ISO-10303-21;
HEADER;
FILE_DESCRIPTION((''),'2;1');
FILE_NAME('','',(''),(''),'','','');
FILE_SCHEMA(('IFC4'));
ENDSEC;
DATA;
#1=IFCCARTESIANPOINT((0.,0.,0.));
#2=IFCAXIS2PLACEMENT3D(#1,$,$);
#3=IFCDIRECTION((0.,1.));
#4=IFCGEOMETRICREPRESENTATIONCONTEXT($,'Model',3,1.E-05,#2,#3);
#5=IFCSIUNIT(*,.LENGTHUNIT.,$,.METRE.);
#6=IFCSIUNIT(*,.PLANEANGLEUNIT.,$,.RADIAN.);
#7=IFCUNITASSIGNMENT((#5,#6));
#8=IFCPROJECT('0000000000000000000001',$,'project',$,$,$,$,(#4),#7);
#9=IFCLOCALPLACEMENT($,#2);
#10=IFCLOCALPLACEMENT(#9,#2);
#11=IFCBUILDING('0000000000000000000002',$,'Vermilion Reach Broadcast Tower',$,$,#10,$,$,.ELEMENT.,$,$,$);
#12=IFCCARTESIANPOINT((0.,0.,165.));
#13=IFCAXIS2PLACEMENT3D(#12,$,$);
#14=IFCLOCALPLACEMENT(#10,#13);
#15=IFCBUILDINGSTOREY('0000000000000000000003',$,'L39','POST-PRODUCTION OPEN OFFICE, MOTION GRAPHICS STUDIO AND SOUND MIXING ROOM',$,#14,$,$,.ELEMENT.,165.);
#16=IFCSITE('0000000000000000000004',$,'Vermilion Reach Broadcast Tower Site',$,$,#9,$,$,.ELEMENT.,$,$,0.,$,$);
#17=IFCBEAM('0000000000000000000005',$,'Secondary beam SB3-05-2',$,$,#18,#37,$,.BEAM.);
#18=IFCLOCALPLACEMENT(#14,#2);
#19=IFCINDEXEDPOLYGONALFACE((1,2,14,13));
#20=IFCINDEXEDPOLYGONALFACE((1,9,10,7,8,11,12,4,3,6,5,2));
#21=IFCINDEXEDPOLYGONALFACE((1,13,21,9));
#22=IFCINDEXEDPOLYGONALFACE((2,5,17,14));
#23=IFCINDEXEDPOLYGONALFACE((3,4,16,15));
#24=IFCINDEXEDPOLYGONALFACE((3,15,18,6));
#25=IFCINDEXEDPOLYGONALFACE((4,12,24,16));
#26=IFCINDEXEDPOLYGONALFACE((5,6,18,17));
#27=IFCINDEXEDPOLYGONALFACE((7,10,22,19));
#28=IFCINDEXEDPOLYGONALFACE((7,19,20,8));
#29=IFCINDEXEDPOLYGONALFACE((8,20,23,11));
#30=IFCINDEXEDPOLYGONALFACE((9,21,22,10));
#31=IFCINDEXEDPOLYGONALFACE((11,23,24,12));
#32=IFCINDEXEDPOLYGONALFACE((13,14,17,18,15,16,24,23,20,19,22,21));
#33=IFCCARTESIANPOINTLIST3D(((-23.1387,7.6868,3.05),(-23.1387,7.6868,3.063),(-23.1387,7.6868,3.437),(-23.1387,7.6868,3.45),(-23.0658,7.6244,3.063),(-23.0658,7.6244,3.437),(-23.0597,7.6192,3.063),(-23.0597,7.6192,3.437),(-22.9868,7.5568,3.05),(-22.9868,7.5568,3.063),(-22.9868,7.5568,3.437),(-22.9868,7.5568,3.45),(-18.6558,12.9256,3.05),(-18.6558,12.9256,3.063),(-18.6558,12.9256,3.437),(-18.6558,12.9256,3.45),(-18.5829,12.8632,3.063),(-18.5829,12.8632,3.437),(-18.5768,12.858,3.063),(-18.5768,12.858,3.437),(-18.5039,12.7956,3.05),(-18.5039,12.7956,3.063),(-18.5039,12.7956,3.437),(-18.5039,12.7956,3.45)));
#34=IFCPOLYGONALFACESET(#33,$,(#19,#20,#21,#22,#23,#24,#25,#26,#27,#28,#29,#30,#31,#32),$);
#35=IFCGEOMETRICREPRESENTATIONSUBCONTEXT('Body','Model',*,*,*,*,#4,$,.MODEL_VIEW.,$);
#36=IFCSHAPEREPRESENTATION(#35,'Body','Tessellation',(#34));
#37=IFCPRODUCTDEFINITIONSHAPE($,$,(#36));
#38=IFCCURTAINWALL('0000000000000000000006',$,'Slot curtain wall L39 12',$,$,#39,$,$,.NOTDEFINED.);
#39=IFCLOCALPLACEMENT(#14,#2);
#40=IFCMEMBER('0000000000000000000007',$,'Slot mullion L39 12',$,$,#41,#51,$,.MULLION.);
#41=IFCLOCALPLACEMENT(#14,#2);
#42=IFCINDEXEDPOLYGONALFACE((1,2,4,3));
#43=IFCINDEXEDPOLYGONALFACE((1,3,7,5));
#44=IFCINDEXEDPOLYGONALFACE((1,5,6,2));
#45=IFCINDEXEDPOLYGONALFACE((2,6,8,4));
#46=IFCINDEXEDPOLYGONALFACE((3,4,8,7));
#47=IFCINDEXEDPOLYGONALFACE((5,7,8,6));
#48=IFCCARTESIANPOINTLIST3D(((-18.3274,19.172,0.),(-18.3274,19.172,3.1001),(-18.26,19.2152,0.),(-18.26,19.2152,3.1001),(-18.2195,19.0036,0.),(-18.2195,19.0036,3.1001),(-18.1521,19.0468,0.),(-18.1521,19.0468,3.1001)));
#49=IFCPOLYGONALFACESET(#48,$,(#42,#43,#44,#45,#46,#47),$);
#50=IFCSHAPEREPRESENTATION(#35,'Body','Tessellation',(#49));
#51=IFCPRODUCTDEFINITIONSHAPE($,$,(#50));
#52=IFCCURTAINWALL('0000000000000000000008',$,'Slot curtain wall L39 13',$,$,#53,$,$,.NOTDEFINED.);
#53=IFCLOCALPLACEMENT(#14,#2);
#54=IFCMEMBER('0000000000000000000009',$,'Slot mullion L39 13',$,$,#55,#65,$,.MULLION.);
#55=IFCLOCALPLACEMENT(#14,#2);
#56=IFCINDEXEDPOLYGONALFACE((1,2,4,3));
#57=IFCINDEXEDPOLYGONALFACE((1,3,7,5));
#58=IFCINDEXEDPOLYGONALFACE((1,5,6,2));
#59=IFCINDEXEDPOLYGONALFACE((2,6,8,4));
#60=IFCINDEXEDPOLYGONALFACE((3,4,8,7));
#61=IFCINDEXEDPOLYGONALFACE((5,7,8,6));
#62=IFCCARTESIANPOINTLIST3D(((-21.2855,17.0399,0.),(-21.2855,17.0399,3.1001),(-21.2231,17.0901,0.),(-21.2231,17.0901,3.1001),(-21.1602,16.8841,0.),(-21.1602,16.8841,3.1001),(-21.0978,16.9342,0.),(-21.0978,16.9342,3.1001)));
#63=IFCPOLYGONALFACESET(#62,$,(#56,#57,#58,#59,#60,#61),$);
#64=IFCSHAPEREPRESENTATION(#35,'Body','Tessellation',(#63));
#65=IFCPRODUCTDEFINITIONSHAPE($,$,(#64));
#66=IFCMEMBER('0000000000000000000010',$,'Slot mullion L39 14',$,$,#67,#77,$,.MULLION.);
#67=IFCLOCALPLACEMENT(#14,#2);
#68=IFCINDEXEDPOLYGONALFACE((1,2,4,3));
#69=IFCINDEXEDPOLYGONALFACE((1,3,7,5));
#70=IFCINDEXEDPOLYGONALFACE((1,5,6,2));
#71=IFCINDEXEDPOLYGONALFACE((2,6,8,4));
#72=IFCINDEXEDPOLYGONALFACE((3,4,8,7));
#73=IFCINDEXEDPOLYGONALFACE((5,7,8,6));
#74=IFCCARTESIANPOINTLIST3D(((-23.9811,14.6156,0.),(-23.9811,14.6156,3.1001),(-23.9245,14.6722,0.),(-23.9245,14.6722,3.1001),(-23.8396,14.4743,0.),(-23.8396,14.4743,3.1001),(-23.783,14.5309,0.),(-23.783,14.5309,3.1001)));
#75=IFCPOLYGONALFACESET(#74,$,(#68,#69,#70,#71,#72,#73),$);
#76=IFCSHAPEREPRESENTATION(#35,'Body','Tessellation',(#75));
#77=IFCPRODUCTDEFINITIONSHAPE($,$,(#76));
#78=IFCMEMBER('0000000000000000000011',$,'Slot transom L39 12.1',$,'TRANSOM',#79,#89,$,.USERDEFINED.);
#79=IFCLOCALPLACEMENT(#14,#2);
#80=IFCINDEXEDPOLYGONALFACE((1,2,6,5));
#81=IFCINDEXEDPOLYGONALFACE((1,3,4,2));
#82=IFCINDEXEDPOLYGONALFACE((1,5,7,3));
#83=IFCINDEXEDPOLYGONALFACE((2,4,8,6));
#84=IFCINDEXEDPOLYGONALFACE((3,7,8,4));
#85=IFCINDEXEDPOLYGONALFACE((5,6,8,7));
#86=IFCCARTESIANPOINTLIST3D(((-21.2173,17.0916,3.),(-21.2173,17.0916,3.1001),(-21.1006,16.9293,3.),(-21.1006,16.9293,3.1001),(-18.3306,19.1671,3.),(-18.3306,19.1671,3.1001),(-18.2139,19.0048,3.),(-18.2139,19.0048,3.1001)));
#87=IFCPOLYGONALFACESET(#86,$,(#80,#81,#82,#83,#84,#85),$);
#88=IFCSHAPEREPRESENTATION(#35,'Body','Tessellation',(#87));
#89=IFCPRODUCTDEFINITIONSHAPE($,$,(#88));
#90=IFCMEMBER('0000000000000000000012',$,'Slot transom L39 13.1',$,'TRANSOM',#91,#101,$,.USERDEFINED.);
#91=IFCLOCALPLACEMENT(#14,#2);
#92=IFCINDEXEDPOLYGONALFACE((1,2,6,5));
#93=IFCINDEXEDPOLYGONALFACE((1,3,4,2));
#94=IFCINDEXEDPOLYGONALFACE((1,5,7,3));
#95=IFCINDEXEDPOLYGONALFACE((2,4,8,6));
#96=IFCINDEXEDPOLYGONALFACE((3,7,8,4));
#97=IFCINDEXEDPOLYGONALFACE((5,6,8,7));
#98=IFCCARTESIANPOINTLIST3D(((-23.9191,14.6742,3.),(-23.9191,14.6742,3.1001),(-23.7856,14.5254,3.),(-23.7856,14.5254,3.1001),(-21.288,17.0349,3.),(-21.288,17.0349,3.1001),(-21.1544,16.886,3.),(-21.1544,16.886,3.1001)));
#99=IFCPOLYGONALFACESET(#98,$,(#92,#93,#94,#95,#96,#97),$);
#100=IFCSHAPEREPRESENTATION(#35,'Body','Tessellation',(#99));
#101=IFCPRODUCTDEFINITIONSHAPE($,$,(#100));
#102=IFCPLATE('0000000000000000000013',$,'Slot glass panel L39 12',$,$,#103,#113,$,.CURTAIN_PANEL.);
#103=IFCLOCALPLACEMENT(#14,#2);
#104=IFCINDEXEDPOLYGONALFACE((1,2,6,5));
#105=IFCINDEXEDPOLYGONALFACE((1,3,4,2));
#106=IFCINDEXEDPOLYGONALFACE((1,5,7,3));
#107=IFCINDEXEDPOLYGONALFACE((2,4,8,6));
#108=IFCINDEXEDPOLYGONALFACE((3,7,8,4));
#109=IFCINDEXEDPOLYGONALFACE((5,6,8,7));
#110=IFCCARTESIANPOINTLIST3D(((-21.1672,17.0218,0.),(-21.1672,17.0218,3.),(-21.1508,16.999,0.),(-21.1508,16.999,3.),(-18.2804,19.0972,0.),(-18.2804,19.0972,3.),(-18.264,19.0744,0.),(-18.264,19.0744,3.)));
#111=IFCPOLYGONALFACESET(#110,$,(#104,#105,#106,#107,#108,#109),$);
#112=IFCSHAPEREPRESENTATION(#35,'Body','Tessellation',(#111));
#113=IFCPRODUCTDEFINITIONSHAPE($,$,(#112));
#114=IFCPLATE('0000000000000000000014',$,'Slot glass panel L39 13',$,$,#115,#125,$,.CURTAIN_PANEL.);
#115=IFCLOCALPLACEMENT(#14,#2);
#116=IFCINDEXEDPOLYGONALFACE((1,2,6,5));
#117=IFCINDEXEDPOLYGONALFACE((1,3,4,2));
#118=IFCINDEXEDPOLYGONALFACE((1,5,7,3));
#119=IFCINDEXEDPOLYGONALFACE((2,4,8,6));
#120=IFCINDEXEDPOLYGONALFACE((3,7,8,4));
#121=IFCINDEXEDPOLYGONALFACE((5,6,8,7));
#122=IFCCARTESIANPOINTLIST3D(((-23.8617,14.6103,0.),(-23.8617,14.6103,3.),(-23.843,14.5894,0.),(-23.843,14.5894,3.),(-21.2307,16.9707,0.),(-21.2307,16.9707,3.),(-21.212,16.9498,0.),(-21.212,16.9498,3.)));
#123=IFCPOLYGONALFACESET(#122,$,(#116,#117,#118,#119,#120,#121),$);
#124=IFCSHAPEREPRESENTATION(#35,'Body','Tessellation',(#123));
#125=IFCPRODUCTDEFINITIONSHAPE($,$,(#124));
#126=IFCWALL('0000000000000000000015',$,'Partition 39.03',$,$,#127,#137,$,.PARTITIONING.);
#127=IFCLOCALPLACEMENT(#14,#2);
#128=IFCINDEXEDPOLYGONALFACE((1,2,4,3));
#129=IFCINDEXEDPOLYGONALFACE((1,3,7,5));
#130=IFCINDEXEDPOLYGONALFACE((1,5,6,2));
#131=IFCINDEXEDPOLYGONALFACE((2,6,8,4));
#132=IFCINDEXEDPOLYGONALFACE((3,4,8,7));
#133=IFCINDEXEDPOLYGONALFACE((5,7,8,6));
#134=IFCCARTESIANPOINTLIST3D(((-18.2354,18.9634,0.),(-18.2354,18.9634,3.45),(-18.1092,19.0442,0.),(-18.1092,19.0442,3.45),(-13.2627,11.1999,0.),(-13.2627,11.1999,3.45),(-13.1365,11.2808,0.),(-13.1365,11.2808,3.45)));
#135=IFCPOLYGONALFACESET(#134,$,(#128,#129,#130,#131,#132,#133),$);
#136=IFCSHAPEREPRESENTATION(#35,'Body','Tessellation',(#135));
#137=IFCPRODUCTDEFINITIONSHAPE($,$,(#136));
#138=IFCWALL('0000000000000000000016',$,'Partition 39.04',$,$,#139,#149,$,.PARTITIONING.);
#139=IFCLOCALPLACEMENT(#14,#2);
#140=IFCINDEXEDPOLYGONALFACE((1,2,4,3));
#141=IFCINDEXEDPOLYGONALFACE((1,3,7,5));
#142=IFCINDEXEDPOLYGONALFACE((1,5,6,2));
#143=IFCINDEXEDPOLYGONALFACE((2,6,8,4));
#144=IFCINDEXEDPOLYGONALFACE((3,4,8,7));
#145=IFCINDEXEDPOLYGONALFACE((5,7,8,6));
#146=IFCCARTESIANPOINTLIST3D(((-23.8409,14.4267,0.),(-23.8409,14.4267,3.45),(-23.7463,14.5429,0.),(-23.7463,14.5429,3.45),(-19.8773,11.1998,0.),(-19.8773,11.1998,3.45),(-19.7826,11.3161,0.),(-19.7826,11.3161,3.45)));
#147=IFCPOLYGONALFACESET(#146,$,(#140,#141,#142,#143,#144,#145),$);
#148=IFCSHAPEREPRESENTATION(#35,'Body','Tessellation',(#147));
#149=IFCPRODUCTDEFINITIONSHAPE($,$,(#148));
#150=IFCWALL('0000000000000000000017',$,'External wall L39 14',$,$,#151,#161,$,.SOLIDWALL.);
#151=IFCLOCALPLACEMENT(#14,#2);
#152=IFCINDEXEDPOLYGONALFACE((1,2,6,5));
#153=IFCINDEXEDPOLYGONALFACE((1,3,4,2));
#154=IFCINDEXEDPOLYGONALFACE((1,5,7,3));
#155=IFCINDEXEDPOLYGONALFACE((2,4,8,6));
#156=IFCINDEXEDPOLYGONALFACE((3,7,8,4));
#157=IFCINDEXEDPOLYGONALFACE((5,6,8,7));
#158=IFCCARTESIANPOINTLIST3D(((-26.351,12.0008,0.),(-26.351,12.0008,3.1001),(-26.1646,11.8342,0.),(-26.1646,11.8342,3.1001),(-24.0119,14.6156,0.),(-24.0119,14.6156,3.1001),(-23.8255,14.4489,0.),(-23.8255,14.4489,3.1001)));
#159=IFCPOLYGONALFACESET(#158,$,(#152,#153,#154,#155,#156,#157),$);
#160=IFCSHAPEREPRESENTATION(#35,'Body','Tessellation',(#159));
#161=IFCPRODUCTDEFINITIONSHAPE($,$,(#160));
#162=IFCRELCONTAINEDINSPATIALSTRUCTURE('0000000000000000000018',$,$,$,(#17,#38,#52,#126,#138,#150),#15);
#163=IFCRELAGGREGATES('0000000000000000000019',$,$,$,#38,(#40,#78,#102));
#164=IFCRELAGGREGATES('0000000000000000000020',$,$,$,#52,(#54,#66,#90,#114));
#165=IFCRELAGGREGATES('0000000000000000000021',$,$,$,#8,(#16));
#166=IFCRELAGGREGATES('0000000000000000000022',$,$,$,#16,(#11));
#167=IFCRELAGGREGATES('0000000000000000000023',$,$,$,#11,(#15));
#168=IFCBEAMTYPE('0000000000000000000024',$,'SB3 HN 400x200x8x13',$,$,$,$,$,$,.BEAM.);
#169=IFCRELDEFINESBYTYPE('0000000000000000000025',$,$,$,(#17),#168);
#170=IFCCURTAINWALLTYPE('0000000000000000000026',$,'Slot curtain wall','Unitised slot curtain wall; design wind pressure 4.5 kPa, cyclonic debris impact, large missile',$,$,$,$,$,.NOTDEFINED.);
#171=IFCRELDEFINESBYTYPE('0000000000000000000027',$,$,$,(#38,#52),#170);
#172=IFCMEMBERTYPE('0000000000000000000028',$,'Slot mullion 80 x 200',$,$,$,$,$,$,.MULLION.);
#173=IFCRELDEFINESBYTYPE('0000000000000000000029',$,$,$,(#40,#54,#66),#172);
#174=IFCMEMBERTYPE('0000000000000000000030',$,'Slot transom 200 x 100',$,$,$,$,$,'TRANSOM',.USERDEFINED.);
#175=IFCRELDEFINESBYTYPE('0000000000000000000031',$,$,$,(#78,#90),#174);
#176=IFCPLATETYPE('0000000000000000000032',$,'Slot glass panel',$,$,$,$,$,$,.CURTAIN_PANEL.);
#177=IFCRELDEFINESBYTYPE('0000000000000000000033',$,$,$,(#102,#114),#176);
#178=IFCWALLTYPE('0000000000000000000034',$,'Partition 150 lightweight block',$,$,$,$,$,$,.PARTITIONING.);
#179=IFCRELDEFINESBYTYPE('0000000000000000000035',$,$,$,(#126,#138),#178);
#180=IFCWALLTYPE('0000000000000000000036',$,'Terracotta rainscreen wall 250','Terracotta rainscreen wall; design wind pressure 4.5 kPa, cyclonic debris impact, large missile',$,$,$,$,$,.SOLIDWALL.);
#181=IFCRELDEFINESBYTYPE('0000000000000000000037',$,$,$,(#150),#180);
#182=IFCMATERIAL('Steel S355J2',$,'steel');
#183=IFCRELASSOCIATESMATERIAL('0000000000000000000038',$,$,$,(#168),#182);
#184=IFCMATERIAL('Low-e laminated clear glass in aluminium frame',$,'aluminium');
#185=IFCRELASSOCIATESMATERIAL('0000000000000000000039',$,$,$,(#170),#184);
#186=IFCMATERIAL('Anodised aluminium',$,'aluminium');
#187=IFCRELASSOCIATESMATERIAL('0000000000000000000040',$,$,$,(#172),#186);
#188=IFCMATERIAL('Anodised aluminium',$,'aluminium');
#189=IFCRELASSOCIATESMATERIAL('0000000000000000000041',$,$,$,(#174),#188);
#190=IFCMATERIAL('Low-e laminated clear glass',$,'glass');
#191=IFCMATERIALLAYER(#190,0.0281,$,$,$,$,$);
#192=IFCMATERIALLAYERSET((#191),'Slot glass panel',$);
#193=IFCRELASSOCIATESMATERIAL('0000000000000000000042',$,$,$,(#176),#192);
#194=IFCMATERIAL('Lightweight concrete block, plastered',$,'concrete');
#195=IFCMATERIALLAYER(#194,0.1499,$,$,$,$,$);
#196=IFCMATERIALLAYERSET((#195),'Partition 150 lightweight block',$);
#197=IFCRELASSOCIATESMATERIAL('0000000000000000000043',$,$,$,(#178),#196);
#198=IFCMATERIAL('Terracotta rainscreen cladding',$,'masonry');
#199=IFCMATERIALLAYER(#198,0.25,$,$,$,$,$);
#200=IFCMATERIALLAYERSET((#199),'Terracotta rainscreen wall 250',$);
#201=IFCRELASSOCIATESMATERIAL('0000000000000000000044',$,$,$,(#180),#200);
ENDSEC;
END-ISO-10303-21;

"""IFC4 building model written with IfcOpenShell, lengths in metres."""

from ifc_helpers import new_model, si_unit, direction, frame, frame_2d, origin, origin_2d, place, context, subcontext, project, spatial, rectangle, i_section, extrude, material, layer, layer_set, material_profile, profile_set, type_object, element, aggregate, save


model = new_model("IFC4")

# Units and contexts
model_context = context("Model", 3, precision=1e-05, world=origin(), true_north=direction((0.0, 1.0)))
body_context = subcontext(model_context, "Body", "Model", "MODEL_VIEW")
ifc_project = project(units=[si_unit("LENGTHUNIT", "METRE"), si_unit("PLANEANGLEUNIT", "RADIAN")], contexts=[model_context])

# Site, building, storey
site_placement = place(None, origin())
site = spatial("IfcSite", under=ifc_project, at=site_placement, Name="Vermilion Reach Broadcast Tower Site", CompositionType="ELEMENT", RefElevation=0.0)
building_placement = place(site_placement, origin())
building = spatial("IfcBuilding", under=site, at=building_placement, Name="Vermilion Reach Broadcast Tower", CompositionType="ELEMENT")
storey_placement = place(building_placement, frame((0.0, 0.0, 165.0)))
storey = spatial("IfcBuildingStorey", under=building, at=storey_placement, Name="L39", Description="POST-PRODUCTION OPEN OFFICE, MOTION GRAPHICS STUDIO AND SOUND MIXING ROOM", CompositionType="ELEMENT", Elevation=165.0)

# Beam
ifc_material_1 = material(Name="Steel S355J2", Category="steel")
ifc_material_profile_1 = material_profile(ifc_material_1, i_section(OverallWidth=0.2, OverallDepth=0.3999, WebThickness=0.0081, FlangeThickness=0.0129, at=origin_2d()), Name="S355J2 HN 400x200x8x13")
ifc_profile_set_1 = profile_set([ifc_material_profile_1], Name="Steel S355J2")
beam_type_1 = type_object("IfcBeamType", Name="SB3 HN 400x200x8x13", PredefinedType="BEAM", material=ifc_profile_set_1)
beam_1_placement = place(storey_placement, frame((-18.5798, 12.8606, 3.25), z_axis=(-0.650167, -0.759791, 0.0), x_axis=(0.759791, -0.650167, 0.0)))
element("IfcBeam", 1, at=beam_1_placement, inside=storey, type_object=beam_type_1, Name="Secondary beam SB3-05-2", PredefinedType="BEAM", context=body_context, shape_type="SweptSolid", body=[
    extrude(i_section(OverallWidth=0.2, OverallDepth=0.3999, WebThickness=0.0081, FlangeThickness=0.0129, at=origin_2d()), origin(), (0.0, 0.0, 1.0), 6.895),
])

# Curtain wall, member
ifc_material_2 = material(Name="Low-e laminated clear glass in aluminium frame", Category="aluminium")
curtain_wall_type = type_object("IfcCurtainWallType", Name="Slot curtain wall", Description="Unitised slot curtain wall; design wind pressure 4.5 kPa, cyclonic debris impact, large missile", PredefinedType="NOTDEFINED", material=ifc_material_2)
placement = place(storey_placement, origin())
curtain_wall_1 = element("IfcCurtainWall", 2, at=placement, inside=storey, type_object=curtain_wall_type, Name="Slot curtain wall L39 12", PredefinedType="NOTDEFINED")
ifc_material_3 = material(Name="Anodised aluminium", Category="aluminium")
ifc_material_profile_2 = material_profile(ifc_material_3, rectangle(XDim=0.2, YDim=0.0801, at=origin_2d()), Name="Slot mullion 80 x 200")
ifc_profile_set_2 = profile_set([ifc_material_profile_2], Name="Anodised aluminium")
member_type_1 = type_object("IfcMemberType", Name="Slot mullion 80 x 200", PredefinedType="MULLION", material=ifc_profile_set_2)
member_1_placement = place(storey_placement, frame((-18.2397, 19.1094, 0.0), z_axis=(0.0, 0.0, 1.0), x_axis=(0.539359, -0.842076, 0.0)))
member_1 = element("IfcMember", 3, at=member_1_placement, type_object=member_type_1, Name="Slot mullion L39 12", PredefinedType="MULLION", context=body_context, shape_type="SweptSolid", body=[
    extrude(rectangle(XDim=0.2, YDim=0.0801, at=origin_2d()), origin(), (0.0, 0.0, 1.0), 3.1001),
])

# Curtain wall, members
curtain_wall_2 = element("IfcCurtainWall", 4, at=placement, inside=storey, type_object=curtain_wall_type, Name="Slot curtain wall L39 13", PredefinedType="NOTDEFINED")
member_2_placement = place(storey_placement, frame((-21.1917, 16.9871, 0.0), z_axis=(0.0, 0.0, 1.0), x_axis=(0.626684, -0.779273, 0.0)))
member_2 = element("IfcMember", 5, at=member_2_placement, type_object=member_type_1, Name="Slot mullion L39 13", PredefinedType="MULLION", context=body_context, shape_type="SweptSolid", body=[
    extrude(rectangle(XDim=0.2, YDim=0.0801, at=origin_2d()), origin(), (0.0, 0.0, 1.0), 3.1001),
])
member_3_placement = place(storey_placement, frame((-23.8821, 14.5732, 0.0), z_axis=(0.0, 0.0, 1.0), x_axis=(0.707613, -0.706601, 0.0)))
member_3 = element("IfcMember", 6, at=member_3_placement, type_object=member_type_1, Name="Slot mullion L39 14", PredefinedType="MULLION", context=body_context, shape_type="SweptSolid", body=[
    extrude(rectangle(XDim=0.2, YDim=0.0801, at=origin_2d()), origin(), (0.0, 0.0, 1.0), 3.1001),
])

# Members
ifc_material_4 = material(Name="Anodised aluminium", Category="aluminium")
ifc_material_profile_3 = material_profile(ifc_material_4, rectangle(XDim=0.2, YDim=0.1001, at=origin_2d()), Name="Slot transom 200 x 100")
ifc_profile_set_3 = profile_set([ifc_material_profile_3], Name="Anodised aluminium")
member_type_2 = type_object("IfcMemberType", Name="Slot transom 200 x 100", ElementType="TRANSOM", PredefinedType="USERDEFINED", material=ifc_profile_set_3)
member_4_placement = place(storey_placement, frame((-18.2722, 19.0859, 3.05), z_axis=(-0.811934, -0.583749, 0.0), x_axis=(0.583749, -0.811934, 0.0)))
member_4 = element("IfcMember", 7, at=member_4_placement, type_object=member_type_2, Name="Slot transom L39 12.1", ObjectType="TRANSOM", PredefinedType="USERDEFINED", context=body_context, shape_type="SweptSolid", body=[
    extrude(rectangle(XDim=0.2, YDim=0.1001, at=origin_2d()), origin(), (0.0, 0.0, 1.0), 3.5554),
])
member_5_placement = place(storey_placement, frame((-21.2212, 16.9604, 3.05), z_axis=(-0.744334, -0.667808, 0.0), x_axis=(0.667808, -0.744334, 0.0)))
member_5 = element("IfcMember", 8, at=member_5_placement, type_object=member_type_2, Name="Slot transom L39 13.1", ObjectType="TRANSOM", PredefinedType="USERDEFINED", context=body_context, shape_type="SweptSolid", body=[
    extrude(rectangle(XDim=0.2, YDim=0.1001, at=origin_2d()), origin(), (0.0, 0.0, 1.0), 3.5349),
])

# Plates
ifc_material_5 = material(Name="Low-e laminated clear glass", Category="glass")
ifc_layer_1 = layer(ifc_material_5, 0.0281)
ifc_layer_set_1 = layer_set([ifc_layer_1], Name="Slot glass panel")
plate_type = type_object("IfcPlateType", Name="Slot glass panel", PredefinedType="CURTAIN_PANEL", material=ifc_layer_set_1)
plate_1_placement = place(storey_placement, frame((-19.7156, 18.0481, 0.0), z_axis=(0.0, 0.0, 1.0), x_axis=(-0.811938, -0.583744, 0.0)))
plate_1 = element("IfcPlate", 9, at=plate_1_placement, type_object=plate_type, Name="Slot glass panel L39 12", PredefinedType="CURTAIN_PANEL", context=body_context, shape_type="SweptSolid", body=[
    extrude(rectangle(XDim=3.5554, YDim=0.0281, at=origin_2d()), origin(), (0.0, 0.0, 1.0), 3.0),
])
aggregate(curtain_wall_1, [member_1, member_4, plate_1])
plate_2_placement = place(storey_placement, frame((-22.5369, 15.78, 0.0), z_axis=(0.0, 0.0, 1.0), x_axis=(-0.74434, -0.667801, 0.0)))
plate_2 = element("IfcPlate", 10, at=plate_2_placement, type_object=plate_type, Name="Slot glass panel L39 13", PredefinedType="CURTAIN_PANEL", context=body_context, shape_type="SweptSolid", body=[
    extrude(rectangle(XDim=3.5347, YDim=0.0281, at=origin_2d()), origin(), (0.0, 0.0, 1.0), 3.0),
])
aggregate(curtain_wall_2, [member_2, member_3, member_5, plate_2])

# Walls
ifc_material_6 = material(Name="Lightweight concrete block, plastered", Category="concrete")
ifc_layer_2 = layer(ifc_material_6, 0.1499)
ifc_layer_set_2 = layer_set([ifc_layer_2], Name="Partition 150 lightweight block")
wall_type_1 = type_object("IfcWallType", Name="Partition 150 lightweight block", PredefinedType="PARTITIONING", material=ifc_layer_set_2)
wall_1_placement = place(storey_placement, frame((-18.1724, 19.0039, 0.0), z_axis=(0.0, 0.0, 1.0), x_axis=(0.539366, -0.842071, 0.0)))
element("IfcWall", 11, at=wall_1_placement, inside=storey, type_object=wall_type_1, Name="Partition 39.03", PredefinedType="PARTITIONING", context=body_context, shape_type="SweptSolid", body=[
    extrude(rectangle(XDim=9.2195, YDim=0.1499, at=frame_2d((4.6099, 0.0))), origin(), (0.0, 0.0, 1.0), 3.45),
])
wall_2_placement = place(storey_placement, frame((-23.7937, 14.4849, 0.0), z_axis=(0.0, 0.0, 1.0), x_axis=(0.775504, -0.631342, 0.0)))
element("IfcWall", 12, at=wall_2_placement, inside=storey, type_object=wall_type_1, Name="Partition 39.04", PredefinedType="PARTITIONING", context=body_context, shape_type="SweptSolid", body=[
    extrude(rectangle(XDim=5.1111, YDim=0.1499, at=frame_2d((2.5557, 0.0))), origin(), (0.0, 0.0, 1.0), 3.45),
])
ifc_material_7 = material(Name="Terracotta rainscreen cladding", Category="masonry")
ifc_layer_3 = layer(ifc_material_7, 0.25)
ifc_layer_set_3 = layer_set([ifc_layer_3], Name="Terracotta rainscreen wall 250")
wall_type_2 = type_object("IfcWallType", Name="Terracotta rainscreen wall 250", Description="Terracotta rainscreen wall; design wind pressure 4.5 kPa, cyclonic debris impact, large missile", PredefinedType="SOLIDWALL", material=ifc_layer_set_3)
wall_3_placement = place(storey_placement, frame((-23.9187, 14.5322, 0.0), z_axis=(0.0, 0.0, 1.0), x_axis=(-0.666732, -0.745298, 0.0)))
element("IfcWall", 13, at=wall_3_placement, inside=storey, type_object=wall_type_2, Name="External wall L39 14", PredefinedType="SOLIDWALL", context=body_context, shape_type="SweptSolid", body=[
    extrude(rectangle(XDim=3.5083, YDim=0.25, at=frame_2d((1.7542, 0.0))), origin(), (0.0, 0.0, 1.0), 3.1001),
])

save(model, "model.ifc")
